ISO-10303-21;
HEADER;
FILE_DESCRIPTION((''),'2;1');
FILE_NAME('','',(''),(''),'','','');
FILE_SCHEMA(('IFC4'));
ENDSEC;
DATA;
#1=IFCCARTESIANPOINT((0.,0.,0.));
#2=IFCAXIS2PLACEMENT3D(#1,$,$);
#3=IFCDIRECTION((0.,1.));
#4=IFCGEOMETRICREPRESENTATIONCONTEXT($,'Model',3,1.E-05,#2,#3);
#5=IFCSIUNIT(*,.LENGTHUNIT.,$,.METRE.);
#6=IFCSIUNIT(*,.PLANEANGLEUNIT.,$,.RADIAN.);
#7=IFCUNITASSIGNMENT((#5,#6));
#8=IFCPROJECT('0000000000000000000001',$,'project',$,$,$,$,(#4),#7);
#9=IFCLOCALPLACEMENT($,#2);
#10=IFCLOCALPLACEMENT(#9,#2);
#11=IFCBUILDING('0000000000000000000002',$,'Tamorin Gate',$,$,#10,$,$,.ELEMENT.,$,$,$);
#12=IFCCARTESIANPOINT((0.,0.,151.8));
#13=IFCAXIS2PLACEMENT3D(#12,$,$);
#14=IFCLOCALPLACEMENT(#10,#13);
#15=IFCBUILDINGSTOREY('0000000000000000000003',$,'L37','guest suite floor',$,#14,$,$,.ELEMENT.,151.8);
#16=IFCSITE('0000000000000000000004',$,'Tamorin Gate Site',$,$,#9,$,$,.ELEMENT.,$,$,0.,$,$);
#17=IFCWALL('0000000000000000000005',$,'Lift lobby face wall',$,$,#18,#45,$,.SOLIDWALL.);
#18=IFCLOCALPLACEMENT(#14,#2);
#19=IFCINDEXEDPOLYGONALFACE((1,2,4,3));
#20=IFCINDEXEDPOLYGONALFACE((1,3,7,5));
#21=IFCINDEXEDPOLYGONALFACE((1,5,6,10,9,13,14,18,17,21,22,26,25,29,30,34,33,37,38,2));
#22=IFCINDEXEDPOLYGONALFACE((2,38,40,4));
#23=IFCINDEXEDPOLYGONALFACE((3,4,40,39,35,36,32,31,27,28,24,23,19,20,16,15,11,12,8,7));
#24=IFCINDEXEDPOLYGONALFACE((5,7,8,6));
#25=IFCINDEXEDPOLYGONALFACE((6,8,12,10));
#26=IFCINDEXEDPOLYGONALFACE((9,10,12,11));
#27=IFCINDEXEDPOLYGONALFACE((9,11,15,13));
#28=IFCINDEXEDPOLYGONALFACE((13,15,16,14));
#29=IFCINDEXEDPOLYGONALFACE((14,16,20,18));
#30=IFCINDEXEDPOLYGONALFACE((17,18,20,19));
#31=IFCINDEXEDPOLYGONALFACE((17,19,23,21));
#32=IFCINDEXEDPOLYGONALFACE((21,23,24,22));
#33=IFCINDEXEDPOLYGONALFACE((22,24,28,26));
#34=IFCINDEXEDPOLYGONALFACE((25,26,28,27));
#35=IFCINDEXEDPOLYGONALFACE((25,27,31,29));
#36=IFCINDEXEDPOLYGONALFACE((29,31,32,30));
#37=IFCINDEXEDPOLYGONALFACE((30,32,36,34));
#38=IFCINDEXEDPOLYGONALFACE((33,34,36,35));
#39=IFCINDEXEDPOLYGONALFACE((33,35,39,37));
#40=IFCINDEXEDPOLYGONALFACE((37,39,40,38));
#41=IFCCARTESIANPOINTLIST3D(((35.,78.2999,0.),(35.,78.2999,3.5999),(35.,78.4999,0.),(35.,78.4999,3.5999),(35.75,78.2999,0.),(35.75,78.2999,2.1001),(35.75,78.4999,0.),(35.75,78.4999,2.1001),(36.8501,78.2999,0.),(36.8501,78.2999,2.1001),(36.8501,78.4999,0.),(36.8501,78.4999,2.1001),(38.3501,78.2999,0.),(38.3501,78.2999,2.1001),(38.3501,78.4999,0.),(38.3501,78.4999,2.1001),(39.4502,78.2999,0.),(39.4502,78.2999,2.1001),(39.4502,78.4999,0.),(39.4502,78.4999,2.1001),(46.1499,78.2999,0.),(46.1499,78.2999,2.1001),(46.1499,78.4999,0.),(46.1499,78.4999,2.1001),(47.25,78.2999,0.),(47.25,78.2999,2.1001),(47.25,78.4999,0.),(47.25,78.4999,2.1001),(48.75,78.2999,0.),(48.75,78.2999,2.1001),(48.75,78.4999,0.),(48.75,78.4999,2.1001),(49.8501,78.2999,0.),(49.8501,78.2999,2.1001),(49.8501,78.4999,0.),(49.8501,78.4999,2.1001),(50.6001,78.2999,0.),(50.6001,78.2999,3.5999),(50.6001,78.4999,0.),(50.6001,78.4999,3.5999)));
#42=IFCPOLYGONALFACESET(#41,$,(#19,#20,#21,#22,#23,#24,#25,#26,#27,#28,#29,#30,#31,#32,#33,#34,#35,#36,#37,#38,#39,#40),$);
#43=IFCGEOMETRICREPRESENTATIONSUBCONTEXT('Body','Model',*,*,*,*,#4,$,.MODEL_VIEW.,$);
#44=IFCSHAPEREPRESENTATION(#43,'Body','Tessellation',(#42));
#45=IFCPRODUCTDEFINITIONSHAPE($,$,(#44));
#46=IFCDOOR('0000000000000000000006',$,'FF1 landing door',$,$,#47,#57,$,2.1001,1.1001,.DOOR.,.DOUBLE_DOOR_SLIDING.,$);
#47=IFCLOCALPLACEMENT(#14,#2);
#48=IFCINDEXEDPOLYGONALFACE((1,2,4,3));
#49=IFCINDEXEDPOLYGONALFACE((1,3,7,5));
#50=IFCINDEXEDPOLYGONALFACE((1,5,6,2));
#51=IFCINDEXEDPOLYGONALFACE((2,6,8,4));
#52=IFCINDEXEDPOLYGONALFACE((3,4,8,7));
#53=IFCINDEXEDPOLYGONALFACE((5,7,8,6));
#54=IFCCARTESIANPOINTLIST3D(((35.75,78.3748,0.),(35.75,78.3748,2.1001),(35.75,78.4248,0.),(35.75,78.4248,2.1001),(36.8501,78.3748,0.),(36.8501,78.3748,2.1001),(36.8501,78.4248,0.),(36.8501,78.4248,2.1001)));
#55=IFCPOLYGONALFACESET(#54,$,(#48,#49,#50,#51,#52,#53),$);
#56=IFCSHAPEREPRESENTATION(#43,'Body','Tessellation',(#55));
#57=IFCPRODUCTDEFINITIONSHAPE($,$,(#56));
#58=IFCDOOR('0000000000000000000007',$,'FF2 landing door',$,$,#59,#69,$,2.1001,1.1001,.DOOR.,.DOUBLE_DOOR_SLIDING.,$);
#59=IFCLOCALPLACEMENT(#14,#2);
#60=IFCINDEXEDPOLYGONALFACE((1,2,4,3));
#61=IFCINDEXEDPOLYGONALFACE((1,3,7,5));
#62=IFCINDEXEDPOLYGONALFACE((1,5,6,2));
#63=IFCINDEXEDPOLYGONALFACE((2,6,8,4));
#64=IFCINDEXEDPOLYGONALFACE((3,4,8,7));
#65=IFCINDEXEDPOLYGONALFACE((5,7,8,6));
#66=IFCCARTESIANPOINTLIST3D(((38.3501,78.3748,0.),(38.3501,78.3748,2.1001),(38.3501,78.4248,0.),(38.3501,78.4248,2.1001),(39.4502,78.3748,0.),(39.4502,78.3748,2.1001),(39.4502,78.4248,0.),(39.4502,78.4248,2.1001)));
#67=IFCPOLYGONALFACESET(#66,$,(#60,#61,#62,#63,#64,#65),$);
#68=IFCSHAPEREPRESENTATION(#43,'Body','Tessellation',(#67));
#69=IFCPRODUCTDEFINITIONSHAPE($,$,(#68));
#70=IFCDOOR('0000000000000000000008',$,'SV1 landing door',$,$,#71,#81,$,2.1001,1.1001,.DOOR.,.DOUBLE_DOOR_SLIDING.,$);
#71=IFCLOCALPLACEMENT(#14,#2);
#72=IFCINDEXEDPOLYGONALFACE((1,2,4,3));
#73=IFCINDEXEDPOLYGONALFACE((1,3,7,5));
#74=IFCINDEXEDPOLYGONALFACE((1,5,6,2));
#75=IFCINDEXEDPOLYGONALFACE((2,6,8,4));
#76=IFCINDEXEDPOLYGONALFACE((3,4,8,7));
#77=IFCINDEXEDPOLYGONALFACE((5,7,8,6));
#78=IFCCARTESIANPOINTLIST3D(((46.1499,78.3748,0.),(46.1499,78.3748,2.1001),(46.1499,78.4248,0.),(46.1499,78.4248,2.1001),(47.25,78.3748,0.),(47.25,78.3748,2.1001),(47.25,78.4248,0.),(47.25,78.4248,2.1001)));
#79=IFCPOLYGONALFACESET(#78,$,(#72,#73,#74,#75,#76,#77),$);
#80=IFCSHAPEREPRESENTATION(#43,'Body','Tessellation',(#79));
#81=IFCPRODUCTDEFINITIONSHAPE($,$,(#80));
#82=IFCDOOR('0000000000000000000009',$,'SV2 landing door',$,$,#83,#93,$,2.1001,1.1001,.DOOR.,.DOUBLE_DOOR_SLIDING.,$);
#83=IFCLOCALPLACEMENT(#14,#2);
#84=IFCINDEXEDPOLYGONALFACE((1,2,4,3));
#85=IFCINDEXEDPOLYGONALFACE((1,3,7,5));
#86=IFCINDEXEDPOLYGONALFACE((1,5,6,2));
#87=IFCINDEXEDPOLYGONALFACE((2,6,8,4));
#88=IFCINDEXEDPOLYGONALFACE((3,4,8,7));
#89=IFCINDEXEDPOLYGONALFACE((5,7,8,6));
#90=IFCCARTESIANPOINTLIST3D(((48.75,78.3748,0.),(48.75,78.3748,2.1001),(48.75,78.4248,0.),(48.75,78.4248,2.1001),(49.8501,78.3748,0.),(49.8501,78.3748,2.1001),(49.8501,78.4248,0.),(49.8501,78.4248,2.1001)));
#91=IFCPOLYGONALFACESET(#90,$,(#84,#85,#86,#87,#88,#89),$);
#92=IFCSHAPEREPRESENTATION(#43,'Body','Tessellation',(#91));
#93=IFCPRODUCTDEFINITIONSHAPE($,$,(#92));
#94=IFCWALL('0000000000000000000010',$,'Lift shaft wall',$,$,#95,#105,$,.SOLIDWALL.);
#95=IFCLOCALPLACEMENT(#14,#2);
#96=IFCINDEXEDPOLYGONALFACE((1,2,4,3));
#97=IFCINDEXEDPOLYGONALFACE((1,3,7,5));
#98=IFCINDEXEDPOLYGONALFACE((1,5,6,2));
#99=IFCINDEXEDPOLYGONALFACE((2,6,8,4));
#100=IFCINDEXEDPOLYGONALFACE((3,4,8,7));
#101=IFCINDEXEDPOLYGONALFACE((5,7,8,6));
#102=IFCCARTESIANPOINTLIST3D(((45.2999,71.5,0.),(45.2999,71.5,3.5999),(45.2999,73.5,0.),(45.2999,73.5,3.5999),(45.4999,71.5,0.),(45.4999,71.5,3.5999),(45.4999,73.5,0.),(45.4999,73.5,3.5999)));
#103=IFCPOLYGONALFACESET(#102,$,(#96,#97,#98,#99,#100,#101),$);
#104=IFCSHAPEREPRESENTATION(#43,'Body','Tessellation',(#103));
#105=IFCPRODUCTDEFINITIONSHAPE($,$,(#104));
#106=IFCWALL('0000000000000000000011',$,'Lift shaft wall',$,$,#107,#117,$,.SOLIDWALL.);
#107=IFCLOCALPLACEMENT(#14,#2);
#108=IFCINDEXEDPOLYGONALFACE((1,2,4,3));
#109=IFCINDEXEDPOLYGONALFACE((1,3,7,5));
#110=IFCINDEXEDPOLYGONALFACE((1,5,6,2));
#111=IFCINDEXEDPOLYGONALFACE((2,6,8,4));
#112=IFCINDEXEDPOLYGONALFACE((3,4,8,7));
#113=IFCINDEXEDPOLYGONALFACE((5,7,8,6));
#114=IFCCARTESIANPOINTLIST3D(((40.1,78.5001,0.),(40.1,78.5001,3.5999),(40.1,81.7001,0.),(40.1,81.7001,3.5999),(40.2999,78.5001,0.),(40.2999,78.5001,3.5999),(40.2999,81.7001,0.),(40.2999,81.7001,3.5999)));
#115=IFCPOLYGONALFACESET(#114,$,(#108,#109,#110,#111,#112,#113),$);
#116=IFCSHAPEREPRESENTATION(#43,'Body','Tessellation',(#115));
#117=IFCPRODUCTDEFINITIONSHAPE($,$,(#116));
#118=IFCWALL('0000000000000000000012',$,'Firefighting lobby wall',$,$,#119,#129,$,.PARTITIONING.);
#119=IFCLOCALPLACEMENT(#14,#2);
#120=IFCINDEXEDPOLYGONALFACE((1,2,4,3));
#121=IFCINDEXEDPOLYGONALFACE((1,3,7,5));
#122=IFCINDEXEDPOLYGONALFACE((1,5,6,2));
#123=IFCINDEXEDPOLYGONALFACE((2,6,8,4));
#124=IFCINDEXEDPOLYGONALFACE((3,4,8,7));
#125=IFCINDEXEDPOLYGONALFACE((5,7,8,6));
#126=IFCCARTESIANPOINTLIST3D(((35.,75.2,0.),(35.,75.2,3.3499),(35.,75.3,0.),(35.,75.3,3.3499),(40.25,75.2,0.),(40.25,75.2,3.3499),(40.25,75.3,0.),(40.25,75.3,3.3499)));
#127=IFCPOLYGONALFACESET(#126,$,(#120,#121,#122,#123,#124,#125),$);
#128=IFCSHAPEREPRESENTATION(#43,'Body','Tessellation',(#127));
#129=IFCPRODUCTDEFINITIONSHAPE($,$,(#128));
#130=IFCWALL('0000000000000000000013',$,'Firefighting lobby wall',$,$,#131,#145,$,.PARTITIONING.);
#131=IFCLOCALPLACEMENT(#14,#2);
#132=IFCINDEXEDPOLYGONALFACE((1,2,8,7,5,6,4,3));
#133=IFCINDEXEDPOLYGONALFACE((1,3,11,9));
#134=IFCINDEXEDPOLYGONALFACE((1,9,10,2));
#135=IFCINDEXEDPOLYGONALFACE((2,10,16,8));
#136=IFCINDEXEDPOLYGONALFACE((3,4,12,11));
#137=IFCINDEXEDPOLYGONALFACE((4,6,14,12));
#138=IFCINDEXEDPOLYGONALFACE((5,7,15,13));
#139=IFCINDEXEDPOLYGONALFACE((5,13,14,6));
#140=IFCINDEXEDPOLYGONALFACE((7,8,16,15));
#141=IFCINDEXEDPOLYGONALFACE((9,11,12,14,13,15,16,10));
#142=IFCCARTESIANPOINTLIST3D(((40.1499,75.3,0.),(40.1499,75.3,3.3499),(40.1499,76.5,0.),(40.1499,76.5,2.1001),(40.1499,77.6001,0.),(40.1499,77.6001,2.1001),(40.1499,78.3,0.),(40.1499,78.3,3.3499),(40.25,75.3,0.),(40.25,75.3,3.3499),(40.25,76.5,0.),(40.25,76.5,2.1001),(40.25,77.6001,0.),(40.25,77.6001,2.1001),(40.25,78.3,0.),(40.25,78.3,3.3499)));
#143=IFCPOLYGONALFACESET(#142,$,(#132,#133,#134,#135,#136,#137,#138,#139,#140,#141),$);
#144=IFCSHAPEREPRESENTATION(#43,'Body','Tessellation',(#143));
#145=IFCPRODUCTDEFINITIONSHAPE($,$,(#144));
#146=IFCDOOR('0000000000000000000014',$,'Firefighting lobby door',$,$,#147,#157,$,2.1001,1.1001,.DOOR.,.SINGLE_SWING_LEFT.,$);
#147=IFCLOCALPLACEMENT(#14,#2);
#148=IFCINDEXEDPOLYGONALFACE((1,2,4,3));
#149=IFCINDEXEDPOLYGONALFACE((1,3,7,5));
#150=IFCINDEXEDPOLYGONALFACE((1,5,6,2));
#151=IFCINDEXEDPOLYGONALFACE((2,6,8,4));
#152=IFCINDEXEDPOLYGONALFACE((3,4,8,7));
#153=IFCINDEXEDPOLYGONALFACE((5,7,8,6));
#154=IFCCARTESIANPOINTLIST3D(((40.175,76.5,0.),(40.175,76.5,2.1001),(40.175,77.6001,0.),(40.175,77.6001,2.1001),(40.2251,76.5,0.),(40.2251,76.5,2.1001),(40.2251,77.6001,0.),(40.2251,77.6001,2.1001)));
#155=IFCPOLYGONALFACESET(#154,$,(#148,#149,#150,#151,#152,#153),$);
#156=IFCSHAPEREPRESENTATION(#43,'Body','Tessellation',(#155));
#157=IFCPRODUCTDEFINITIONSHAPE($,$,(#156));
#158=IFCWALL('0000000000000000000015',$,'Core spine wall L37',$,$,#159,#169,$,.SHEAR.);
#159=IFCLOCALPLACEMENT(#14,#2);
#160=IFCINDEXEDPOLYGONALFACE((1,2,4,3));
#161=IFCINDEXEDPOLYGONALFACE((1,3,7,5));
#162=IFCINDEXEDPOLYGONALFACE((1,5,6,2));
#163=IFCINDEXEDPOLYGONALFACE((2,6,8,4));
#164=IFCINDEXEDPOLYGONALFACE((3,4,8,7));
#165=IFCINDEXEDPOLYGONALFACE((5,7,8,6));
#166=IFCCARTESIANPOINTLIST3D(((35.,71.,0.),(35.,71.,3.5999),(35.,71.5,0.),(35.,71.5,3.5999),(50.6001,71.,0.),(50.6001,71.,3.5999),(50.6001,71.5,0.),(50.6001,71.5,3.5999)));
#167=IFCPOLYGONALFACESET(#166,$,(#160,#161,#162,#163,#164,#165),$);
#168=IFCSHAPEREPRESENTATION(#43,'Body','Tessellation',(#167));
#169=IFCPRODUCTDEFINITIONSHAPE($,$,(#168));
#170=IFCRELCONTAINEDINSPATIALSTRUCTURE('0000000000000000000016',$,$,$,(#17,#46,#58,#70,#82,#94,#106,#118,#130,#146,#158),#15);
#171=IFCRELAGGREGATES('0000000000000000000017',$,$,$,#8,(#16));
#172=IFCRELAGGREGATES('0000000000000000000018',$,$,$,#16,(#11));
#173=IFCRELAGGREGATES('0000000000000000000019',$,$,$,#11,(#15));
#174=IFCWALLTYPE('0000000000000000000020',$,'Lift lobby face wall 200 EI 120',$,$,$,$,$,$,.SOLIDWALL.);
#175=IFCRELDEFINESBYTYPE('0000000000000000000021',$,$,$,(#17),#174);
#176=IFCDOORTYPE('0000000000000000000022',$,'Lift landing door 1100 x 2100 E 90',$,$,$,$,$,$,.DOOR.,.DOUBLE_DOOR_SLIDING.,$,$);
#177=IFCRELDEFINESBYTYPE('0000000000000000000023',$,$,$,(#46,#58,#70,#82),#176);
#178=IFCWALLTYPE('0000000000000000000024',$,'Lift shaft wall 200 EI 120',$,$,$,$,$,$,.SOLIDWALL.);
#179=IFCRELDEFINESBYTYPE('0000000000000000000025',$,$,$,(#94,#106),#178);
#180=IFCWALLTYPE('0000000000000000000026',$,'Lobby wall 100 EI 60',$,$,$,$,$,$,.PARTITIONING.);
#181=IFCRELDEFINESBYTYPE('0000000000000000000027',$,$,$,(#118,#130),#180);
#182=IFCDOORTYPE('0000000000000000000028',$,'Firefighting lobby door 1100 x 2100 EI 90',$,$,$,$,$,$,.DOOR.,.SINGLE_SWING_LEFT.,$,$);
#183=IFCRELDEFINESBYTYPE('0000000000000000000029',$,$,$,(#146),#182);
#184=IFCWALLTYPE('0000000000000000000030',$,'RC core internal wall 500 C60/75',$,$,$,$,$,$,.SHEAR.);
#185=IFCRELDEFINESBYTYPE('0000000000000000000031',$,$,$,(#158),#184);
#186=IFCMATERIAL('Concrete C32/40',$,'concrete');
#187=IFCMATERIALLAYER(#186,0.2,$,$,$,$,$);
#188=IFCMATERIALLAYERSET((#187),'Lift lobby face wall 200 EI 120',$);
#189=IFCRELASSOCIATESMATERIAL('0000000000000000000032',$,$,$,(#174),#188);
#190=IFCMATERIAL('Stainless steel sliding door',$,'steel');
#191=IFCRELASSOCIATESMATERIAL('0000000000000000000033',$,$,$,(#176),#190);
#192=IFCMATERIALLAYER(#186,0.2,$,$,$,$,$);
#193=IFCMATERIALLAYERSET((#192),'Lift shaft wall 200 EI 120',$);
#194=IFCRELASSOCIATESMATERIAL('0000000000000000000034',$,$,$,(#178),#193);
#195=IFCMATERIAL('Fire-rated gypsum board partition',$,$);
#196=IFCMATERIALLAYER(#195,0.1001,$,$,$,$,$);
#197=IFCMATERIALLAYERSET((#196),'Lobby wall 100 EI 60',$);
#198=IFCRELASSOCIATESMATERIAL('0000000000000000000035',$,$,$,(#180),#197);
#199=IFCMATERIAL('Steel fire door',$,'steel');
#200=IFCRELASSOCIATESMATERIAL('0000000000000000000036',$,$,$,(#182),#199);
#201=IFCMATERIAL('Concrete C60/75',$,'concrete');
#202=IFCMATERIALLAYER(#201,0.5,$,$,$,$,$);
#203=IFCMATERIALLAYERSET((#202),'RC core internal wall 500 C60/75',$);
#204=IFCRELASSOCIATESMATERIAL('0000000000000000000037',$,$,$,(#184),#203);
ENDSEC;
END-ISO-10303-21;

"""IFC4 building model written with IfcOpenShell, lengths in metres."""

from ifc_helpers import new_model, si_unit, direction, frame, frame_2d, origin, place, context, subcontext, project, spatial, rectangle, extrude, material, layer, layer_set, type_object, element, fill, save


model = new_model("IFC4")

# Units and contexts
model_context = context("Model", 3, precision=1e-05, world=origin(), true_north=direction((0.0, 1.0)))
body_context = subcontext(model_context, "Body", "Model", "MODEL_VIEW")
ifc_project = project(units=[si_unit("LENGTHUNIT", "METRE"), si_unit("PLANEANGLEUNIT", "RADIAN")], contexts=[model_context])

# Site, building, storey
site_placement = place(None, origin())
site = spatial("IfcSite", under=ifc_project, at=site_placement, Name="Tamorin Gate Site", CompositionType="ELEMENT", RefElevation=0.0)
building_placement = place(site_placement, origin())
building = spatial("IfcBuilding", under=site, at=building_placement, Name="Tamorin Gate", CompositionType="ELEMENT")
storey_placement = place(building_placement, frame((0.0, 0.0, 151.8)))
storey = spatial("IfcBuildingStorey", under=building, at=storey_placement, Name="L37", Description="guest suite floor", CompositionType="ELEMENT", Elevation=151.8)

# Shared definitions
ifc_material_1 = material(Name="Concrete C60/75", Category="concrete")

# Wall, openings, doors
ifc_material_2 = material(Name="Concrete C32/40", Category="concrete")
ifc_layer_1 = layer(ifc_material_2, 0.2)
ifc_layer_set_1 = layer_set([ifc_layer_1], Name="Lift lobby face wall 200 EI 120")
wall_type_1 = type_object("IfcWallType", Name="Lift lobby face wall 200 EI 120", PredefinedType="SOLIDWALL", material=ifc_layer_set_1)
ifc_material_3 = material(Name="Stainless steel sliding door", Category="steel")
door_type_1 = type_object("IfcDoorType", Name="Lift landing door 1100 x 2100 E 90", OperationType="DOUBLE_DOOR_SLIDING", PredefinedType="DOOR", material=ifc_material_3)
wall_1_placement = place(storey_placement, frame((35.0, 78.3999, 0.0), z_axis=(0.0, 0.0, 1.0), x_axis=(1.0, 0.0, 0.0)))
wall_1 = element("IfcWall", 1, at=wall_1_placement, inside=storey, type_object=wall_type_1, Name="Lift lobby face wall", PredefinedType="SOLIDWALL", context=body_context, shape_type="SweptSolid", body=[
    extrude(rectangle(XDim=15.6001, YDim=0.2, at=frame_2d((7.8, 0.0))), origin(), (0.0, 0.0, 1.0), 3.5999),
])
opening_1_placement = place(wall_1_placement, frame((0.75, 0.0, 0.0)))
opening_1 = element("IfcOpeningElement", 2, at=opening_1_placement, cuts=wall_1, PredefinedType="OPENING", context=body_context, shape_type="SweptSolid", body=[
    extrude(rectangle(XDim=1.1001, YDim=2.1001, at=frame_2d((0.55, 1.05))), frame((0.0, 0.1099, 0.0), z_axis=(0.0, -1.0, 0.0), x_axis=(1.0, 0.0, 0.0)), (0.0, 0.0, 1.0), 0.22),
])
opening_2_placement = place(wall_1_placement, frame((3.3501, 0.0, 0.0)))
opening_2 = element("IfcOpeningElement", 3, at=opening_2_placement, cuts=wall_1, PredefinedType="OPENING", context=body_context, shape_type="SweptSolid", body=[
    extrude(rectangle(XDim=1.1001, YDim=2.1001, at=frame_2d((0.55, 1.05))), frame((0.0, 0.1099, 0.0), z_axis=(0.0, -1.0, 0.0), x_axis=(1.0, 0.0, 0.0)), (0.0, 0.0, 1.0), 0.22),
])
opening_3_placement = place(wall_1_placement, frame((11.1499, 0.0, 0.0)))
opening_3 = element("IfcOpeningElement", 4, at=opening_3_placement, cuts=wall_1, PredefinedType="OPENING", context=body_context, shape_type="SweptSolid", body=[
    extrude(rectangle(XDim=1.1001, YDim=2.1001, at=frame_2d((0.55, 1.05))), frame((0.0, 0.1099, 0.0), z_axis=(0.0, -1.0, 0.0), x_axis=(1.0, 0.0, 0.0)), (0.0, 0.0, 1.0), 0.22),
])
opening_4_placement = place(wall_1_placement, frame((13.75, 0.0, 0.0)))
opening_4 = element("IfcOpeningElement", 5, at=opening_4_placement, cuts=wall_1, PredefinedType="OPENING", context=body_context, shape_type="SweptSolid", body=[
    extrude(rectangle(XDim=1.1001, YDim=2.1001, at=frame_2d((0.55, 1.05))), frame((0.0, 0.1099, 0.0), z_axis=(0.0, -1.0, 0.0), x_axis=(1.0, 0.0, 0.0)), (0.0, 0.0, 1.0), 0.22),
])
door_1_placement = place(opening_1_placement, origin())
door_1 = element("IfcDoor", 6, at=door_1_placement, inside=storey, type_object=door_type_1, Name="FF1 landing door", OperationType="DOUBLE_DOOR_SLIDING", OverallHeight=2.1001, OverallWidth=1.1001, PredefinedType="DOOR", context=body_context, shape_type="SweptSolid", body=[
    extrude(rectangle(XDim=1.1001, YDim=2.1001, at=frame_2d((0.55, 1.05))), frame((0.0, 0.0249, 0.0), z_axis=(0.0, -1.0, 0.0), x_axis=(1.0, 0.0, 0.0)), (0.0, 0.0, 1.0), 0.05),
])
fill(opening_1, door_1)
door_2_placement = place(opening_2_placement, origin())
door_2 = element("IfcDoor", 7, at=door_2_placement, inside=storey, type_object=door_type_1, Name="FF2 landing door", OperationType="DOUBLE_DOOR_SLIDING", OverallHeight=2.1001, OverallWidth=1.1001, PredefinedType="DOOR", context=body_context, shape_type="SweptSolid", body=[
    extrude(rectangle(XDim=1.1001, YDim=2.1001, at=frame_2d((0.55, 1.05))), frame((0.0, 0.0249, 0.0), z_axis=(0.0, -1.0, 0.0), x_axis=(1.0, 0.0, 0.0)), (0.0, 0.0, 1.0), 0.05),
])
fill(opening_2, door_2)
door_3_placement = place(opening_3_placement, origin())
door_3 = element("IfcDoor", 8, at=door_3_placement, inside=storey, type_object=door_type_1, Name="SV1 landing door", OperationType="DOUBLE_DOOR_SLIDING", OverallHeight=2.1001, OverallWidth=1.1001, PredefinedType="DOOR", context=body_context, shape_type="SweptSolid", body=[
    extrude(rectangle(XDim=1.1001, YDim=2.1001, at=frame_2d((0.55, 1.05))), frame((0.0, 0.0249, 0.0), z_axis=(0.0, -1.0, 0.0), x_axis=(1.0, 0.0, 0.0)), (0.0, 0.0, 1.0), 0.05),
])
fill(opening_3, door_3)
door_4_placement = place(opening_4_placement, origin())
door_4 = element("IfcDoor", 9, at=door_4_placement, inside=storey, type_object=door_type_1, Name="SV2 landing door", OperationType="DOUBLE_DOOR_SLIDING", OverallHeight=2.1001, OverallWidth=1.1001, PredefinedType="DOOR", context=body_context, shape_type="SweptSolid", body=[
    extrude(rectangle(XDim=1.1001, YDim=2.1001, at=frame_2d((0.55, 1.05))), frame((0.0, 0.0249, 0.0), z_axis=(0.0, -1.0, 0.0), x_axis=(1.0, 0.0, 0.0)), (0.0, 0.0, 1.0), 0.05),
])
fill(opening_4, door_4)

# Walls
ifc_layer_2 = layer(ifc_material_2, 0.2)
ifc_layer_set_2 = layer_set([ifc_layer_2], Name="Lift shaft wall 200 EI 120")
wall_type_2 = type_object("IfcWallType", Name="Lift shaft wall 200 EI 120", PredefinedType="SOLIDWALL", material=ifc_layer_set_2)
wall_2_placement = place(storey_placement, frame((45.3999, 71.5, 0.0), z_axis=(0.0, 0.0, 1.0), x_axis=(0.0, 1.0, 0.0)))
element("IfcWall", 10, at=wall_2_placement, inside=storey, type_object=wall_type_2, Name="Lift shaft wall", PredefinedType="SOLIDWALL", context=body_context, shape_type="SweptSolid", body=[
    extrude(rectangle(XDim=2.0, YDim=0.2, at=frame_2d((1.0, 0.0))), origin(), (0.0, 0.0, 1.0), 3.5999),
])
wall_3_placement = place(storey_placement, frame((40.2, 78.5, 0.0), z_axis=(0.0, 0.0, 1.0), x_axis=(0.0, 1.0, 0.0)))
element("IfcWall", 11, at=wall_3_placement, inside=storey, type_object=wall_type_2, Name="Lift shaft wall", PredefinedType="SOLIDWALL", context=body_context, shape_type="SweptSolid", body=[
    extrude(rectangle(XDim=3.2, YDim=0.2, at=frame_2d((1.6001, 0.0))), origin(), (0.0, 0.0, 1.0), 3.5999),
])
ifc_material_4 = material(Name="Fire-rated gypsum board partition")
ifc_layer_3 = layer(ifc_material_4, 0.1001)
ifc_layer_set_3 = layer_set([ifc_layer_3], Name="Lobby wall 100 EI 60")
wall_type_3 = type_object("IfcWallType", Name="Lobby wall 100 EI 60", PredefinedType="PARTITIONING", material=ifc_layer_set_3)
wall_4_placement = place(storey_placement, frame((35.0, 75.25, 0.0), z_axis=(0.0, 0.0, 1.0), x_axis=(1.0, 0.0, 0.0)))
element("IfcWall", 12, at=wall_4_placement, inside=storey, type_object=wall_type_3, Name="Firefighting lobby wall", PredefinedType="PARTITIONING", context=body_context, shape_type="SweptSolid", body=[
    extrude(rectangle(XDim=5.25, YDim=0.1001, at=frame_2d((2.625, 0.0))), origin(), (0.0, 0.0, 1.0), 3.3499),
])

# Wall, opening, door
wall_5_placement = place(storey_placement, frame((40.2, 75.3, 0.0), z_axis=(0.0, 0.0, 1.0), x_axis=(0.0, 1.0, 0.0)))
wall_5 = element("IfcWall", 13, at=wall_5_placement, inside=storey, type_object=wall_type_3, Name="Firefighting lobby wall", PredefinedType="PARTITIONING", context=body_context, shape_type="SweptSolid", body=[
    extrude(rectangle(XDim=3.0, YDim=0.1001, at=frame_2d((1.5, 0.0))), origin(), (0.0, 0.0, 1.0), 3.3499),
])
opening_5_placement = place(wall_5_placement, frame((1.2, 0.0, 0.0)))
opening_5 = element("IfcOpeningElement", 14, at=opening_5_placement, cuts=wall_5, PredefinedType="OPENING", context=body_context, shape_type="SweptSolid", body=[
    extrude(rectangle(XDim=1.1001, YDim=2.1001, at=frame_2d((0.55, 1.05))), frame((0.0, 0.0601, 0.0), z_axis=(0.0, -1.0, 0.0), x_axis=(1.0, 0.0, 0.0)), (0.0, 0.0, 1.0), 0.1201),
])
ifc_material_5 = material(Name="Steel fire door", Category="steel")
door_type_2 = type_object("IfcDoorType", Name="Firefighting lobby door 1100 x 2100 EI 90", OperationType="SINGLE_SWING_LEFT", PredefinedType="DOOR", material=ifc_material_5)
door_5_placement = place(opening_5_placement, origin())
door_5 = element("IfcDoor", 15, at=door_5_placement, inside=storey, type_object=door_type_2, Name="Firefighting lobby door", OperationType="SINGLE_SWING_LEFT", OverallHeight=2.1001, OverallWidth=1.1001, PredefinedType="DOOR", context=body_context, shape_type="SweptSolid", body=[
    extrude(rectangle(XDim=1.1001, YDim=2.1001, at=frame_2d((0.55, 1.05))), frame((0.0, 0.0249, 0.0), z_axis=(0.0, -1.0, 0.0), x_axis=(1.0, 0.0, 0.0)), (0.0, 0.0, 1.0), 0.05),
])
fill(opening_5, door_5)

# Wall
ifc_layer_4 = layer(ifc_material_1, 0.5)
ifc_layer_set_4 = layer_set([ifc_layer_4], Name="RC core internal wall 500 C60/75")
wall_type_4 = type_object("IfcWallType", Name="RC core internal wall 500 C60/75", PredefinedType="SHEAR", material=ifc_layer_set_4)
wall_6_placement = place(storey_placement, frame((35.0, 71.25, 0.0), z_axis=(0.0, 0.0, 1.0), x_axis=(1.0, 0.0, 0.0)))
element("IfcWall", 16, at=wall_6_placement, inside=storey, type_object=wall_type_4, Name="Core spine wall L37", PredefinedType="SHEAR", context=body_context, shape_type="SweptSolid", body=[
    extrude(rectangle(XDim=15.6001, YDim=0.5, at=frame_2d((7.8, 0.0))), origin(), (0.0, 0.0, 1.0), 3.5999),
])

save(model, "model.ifc")
